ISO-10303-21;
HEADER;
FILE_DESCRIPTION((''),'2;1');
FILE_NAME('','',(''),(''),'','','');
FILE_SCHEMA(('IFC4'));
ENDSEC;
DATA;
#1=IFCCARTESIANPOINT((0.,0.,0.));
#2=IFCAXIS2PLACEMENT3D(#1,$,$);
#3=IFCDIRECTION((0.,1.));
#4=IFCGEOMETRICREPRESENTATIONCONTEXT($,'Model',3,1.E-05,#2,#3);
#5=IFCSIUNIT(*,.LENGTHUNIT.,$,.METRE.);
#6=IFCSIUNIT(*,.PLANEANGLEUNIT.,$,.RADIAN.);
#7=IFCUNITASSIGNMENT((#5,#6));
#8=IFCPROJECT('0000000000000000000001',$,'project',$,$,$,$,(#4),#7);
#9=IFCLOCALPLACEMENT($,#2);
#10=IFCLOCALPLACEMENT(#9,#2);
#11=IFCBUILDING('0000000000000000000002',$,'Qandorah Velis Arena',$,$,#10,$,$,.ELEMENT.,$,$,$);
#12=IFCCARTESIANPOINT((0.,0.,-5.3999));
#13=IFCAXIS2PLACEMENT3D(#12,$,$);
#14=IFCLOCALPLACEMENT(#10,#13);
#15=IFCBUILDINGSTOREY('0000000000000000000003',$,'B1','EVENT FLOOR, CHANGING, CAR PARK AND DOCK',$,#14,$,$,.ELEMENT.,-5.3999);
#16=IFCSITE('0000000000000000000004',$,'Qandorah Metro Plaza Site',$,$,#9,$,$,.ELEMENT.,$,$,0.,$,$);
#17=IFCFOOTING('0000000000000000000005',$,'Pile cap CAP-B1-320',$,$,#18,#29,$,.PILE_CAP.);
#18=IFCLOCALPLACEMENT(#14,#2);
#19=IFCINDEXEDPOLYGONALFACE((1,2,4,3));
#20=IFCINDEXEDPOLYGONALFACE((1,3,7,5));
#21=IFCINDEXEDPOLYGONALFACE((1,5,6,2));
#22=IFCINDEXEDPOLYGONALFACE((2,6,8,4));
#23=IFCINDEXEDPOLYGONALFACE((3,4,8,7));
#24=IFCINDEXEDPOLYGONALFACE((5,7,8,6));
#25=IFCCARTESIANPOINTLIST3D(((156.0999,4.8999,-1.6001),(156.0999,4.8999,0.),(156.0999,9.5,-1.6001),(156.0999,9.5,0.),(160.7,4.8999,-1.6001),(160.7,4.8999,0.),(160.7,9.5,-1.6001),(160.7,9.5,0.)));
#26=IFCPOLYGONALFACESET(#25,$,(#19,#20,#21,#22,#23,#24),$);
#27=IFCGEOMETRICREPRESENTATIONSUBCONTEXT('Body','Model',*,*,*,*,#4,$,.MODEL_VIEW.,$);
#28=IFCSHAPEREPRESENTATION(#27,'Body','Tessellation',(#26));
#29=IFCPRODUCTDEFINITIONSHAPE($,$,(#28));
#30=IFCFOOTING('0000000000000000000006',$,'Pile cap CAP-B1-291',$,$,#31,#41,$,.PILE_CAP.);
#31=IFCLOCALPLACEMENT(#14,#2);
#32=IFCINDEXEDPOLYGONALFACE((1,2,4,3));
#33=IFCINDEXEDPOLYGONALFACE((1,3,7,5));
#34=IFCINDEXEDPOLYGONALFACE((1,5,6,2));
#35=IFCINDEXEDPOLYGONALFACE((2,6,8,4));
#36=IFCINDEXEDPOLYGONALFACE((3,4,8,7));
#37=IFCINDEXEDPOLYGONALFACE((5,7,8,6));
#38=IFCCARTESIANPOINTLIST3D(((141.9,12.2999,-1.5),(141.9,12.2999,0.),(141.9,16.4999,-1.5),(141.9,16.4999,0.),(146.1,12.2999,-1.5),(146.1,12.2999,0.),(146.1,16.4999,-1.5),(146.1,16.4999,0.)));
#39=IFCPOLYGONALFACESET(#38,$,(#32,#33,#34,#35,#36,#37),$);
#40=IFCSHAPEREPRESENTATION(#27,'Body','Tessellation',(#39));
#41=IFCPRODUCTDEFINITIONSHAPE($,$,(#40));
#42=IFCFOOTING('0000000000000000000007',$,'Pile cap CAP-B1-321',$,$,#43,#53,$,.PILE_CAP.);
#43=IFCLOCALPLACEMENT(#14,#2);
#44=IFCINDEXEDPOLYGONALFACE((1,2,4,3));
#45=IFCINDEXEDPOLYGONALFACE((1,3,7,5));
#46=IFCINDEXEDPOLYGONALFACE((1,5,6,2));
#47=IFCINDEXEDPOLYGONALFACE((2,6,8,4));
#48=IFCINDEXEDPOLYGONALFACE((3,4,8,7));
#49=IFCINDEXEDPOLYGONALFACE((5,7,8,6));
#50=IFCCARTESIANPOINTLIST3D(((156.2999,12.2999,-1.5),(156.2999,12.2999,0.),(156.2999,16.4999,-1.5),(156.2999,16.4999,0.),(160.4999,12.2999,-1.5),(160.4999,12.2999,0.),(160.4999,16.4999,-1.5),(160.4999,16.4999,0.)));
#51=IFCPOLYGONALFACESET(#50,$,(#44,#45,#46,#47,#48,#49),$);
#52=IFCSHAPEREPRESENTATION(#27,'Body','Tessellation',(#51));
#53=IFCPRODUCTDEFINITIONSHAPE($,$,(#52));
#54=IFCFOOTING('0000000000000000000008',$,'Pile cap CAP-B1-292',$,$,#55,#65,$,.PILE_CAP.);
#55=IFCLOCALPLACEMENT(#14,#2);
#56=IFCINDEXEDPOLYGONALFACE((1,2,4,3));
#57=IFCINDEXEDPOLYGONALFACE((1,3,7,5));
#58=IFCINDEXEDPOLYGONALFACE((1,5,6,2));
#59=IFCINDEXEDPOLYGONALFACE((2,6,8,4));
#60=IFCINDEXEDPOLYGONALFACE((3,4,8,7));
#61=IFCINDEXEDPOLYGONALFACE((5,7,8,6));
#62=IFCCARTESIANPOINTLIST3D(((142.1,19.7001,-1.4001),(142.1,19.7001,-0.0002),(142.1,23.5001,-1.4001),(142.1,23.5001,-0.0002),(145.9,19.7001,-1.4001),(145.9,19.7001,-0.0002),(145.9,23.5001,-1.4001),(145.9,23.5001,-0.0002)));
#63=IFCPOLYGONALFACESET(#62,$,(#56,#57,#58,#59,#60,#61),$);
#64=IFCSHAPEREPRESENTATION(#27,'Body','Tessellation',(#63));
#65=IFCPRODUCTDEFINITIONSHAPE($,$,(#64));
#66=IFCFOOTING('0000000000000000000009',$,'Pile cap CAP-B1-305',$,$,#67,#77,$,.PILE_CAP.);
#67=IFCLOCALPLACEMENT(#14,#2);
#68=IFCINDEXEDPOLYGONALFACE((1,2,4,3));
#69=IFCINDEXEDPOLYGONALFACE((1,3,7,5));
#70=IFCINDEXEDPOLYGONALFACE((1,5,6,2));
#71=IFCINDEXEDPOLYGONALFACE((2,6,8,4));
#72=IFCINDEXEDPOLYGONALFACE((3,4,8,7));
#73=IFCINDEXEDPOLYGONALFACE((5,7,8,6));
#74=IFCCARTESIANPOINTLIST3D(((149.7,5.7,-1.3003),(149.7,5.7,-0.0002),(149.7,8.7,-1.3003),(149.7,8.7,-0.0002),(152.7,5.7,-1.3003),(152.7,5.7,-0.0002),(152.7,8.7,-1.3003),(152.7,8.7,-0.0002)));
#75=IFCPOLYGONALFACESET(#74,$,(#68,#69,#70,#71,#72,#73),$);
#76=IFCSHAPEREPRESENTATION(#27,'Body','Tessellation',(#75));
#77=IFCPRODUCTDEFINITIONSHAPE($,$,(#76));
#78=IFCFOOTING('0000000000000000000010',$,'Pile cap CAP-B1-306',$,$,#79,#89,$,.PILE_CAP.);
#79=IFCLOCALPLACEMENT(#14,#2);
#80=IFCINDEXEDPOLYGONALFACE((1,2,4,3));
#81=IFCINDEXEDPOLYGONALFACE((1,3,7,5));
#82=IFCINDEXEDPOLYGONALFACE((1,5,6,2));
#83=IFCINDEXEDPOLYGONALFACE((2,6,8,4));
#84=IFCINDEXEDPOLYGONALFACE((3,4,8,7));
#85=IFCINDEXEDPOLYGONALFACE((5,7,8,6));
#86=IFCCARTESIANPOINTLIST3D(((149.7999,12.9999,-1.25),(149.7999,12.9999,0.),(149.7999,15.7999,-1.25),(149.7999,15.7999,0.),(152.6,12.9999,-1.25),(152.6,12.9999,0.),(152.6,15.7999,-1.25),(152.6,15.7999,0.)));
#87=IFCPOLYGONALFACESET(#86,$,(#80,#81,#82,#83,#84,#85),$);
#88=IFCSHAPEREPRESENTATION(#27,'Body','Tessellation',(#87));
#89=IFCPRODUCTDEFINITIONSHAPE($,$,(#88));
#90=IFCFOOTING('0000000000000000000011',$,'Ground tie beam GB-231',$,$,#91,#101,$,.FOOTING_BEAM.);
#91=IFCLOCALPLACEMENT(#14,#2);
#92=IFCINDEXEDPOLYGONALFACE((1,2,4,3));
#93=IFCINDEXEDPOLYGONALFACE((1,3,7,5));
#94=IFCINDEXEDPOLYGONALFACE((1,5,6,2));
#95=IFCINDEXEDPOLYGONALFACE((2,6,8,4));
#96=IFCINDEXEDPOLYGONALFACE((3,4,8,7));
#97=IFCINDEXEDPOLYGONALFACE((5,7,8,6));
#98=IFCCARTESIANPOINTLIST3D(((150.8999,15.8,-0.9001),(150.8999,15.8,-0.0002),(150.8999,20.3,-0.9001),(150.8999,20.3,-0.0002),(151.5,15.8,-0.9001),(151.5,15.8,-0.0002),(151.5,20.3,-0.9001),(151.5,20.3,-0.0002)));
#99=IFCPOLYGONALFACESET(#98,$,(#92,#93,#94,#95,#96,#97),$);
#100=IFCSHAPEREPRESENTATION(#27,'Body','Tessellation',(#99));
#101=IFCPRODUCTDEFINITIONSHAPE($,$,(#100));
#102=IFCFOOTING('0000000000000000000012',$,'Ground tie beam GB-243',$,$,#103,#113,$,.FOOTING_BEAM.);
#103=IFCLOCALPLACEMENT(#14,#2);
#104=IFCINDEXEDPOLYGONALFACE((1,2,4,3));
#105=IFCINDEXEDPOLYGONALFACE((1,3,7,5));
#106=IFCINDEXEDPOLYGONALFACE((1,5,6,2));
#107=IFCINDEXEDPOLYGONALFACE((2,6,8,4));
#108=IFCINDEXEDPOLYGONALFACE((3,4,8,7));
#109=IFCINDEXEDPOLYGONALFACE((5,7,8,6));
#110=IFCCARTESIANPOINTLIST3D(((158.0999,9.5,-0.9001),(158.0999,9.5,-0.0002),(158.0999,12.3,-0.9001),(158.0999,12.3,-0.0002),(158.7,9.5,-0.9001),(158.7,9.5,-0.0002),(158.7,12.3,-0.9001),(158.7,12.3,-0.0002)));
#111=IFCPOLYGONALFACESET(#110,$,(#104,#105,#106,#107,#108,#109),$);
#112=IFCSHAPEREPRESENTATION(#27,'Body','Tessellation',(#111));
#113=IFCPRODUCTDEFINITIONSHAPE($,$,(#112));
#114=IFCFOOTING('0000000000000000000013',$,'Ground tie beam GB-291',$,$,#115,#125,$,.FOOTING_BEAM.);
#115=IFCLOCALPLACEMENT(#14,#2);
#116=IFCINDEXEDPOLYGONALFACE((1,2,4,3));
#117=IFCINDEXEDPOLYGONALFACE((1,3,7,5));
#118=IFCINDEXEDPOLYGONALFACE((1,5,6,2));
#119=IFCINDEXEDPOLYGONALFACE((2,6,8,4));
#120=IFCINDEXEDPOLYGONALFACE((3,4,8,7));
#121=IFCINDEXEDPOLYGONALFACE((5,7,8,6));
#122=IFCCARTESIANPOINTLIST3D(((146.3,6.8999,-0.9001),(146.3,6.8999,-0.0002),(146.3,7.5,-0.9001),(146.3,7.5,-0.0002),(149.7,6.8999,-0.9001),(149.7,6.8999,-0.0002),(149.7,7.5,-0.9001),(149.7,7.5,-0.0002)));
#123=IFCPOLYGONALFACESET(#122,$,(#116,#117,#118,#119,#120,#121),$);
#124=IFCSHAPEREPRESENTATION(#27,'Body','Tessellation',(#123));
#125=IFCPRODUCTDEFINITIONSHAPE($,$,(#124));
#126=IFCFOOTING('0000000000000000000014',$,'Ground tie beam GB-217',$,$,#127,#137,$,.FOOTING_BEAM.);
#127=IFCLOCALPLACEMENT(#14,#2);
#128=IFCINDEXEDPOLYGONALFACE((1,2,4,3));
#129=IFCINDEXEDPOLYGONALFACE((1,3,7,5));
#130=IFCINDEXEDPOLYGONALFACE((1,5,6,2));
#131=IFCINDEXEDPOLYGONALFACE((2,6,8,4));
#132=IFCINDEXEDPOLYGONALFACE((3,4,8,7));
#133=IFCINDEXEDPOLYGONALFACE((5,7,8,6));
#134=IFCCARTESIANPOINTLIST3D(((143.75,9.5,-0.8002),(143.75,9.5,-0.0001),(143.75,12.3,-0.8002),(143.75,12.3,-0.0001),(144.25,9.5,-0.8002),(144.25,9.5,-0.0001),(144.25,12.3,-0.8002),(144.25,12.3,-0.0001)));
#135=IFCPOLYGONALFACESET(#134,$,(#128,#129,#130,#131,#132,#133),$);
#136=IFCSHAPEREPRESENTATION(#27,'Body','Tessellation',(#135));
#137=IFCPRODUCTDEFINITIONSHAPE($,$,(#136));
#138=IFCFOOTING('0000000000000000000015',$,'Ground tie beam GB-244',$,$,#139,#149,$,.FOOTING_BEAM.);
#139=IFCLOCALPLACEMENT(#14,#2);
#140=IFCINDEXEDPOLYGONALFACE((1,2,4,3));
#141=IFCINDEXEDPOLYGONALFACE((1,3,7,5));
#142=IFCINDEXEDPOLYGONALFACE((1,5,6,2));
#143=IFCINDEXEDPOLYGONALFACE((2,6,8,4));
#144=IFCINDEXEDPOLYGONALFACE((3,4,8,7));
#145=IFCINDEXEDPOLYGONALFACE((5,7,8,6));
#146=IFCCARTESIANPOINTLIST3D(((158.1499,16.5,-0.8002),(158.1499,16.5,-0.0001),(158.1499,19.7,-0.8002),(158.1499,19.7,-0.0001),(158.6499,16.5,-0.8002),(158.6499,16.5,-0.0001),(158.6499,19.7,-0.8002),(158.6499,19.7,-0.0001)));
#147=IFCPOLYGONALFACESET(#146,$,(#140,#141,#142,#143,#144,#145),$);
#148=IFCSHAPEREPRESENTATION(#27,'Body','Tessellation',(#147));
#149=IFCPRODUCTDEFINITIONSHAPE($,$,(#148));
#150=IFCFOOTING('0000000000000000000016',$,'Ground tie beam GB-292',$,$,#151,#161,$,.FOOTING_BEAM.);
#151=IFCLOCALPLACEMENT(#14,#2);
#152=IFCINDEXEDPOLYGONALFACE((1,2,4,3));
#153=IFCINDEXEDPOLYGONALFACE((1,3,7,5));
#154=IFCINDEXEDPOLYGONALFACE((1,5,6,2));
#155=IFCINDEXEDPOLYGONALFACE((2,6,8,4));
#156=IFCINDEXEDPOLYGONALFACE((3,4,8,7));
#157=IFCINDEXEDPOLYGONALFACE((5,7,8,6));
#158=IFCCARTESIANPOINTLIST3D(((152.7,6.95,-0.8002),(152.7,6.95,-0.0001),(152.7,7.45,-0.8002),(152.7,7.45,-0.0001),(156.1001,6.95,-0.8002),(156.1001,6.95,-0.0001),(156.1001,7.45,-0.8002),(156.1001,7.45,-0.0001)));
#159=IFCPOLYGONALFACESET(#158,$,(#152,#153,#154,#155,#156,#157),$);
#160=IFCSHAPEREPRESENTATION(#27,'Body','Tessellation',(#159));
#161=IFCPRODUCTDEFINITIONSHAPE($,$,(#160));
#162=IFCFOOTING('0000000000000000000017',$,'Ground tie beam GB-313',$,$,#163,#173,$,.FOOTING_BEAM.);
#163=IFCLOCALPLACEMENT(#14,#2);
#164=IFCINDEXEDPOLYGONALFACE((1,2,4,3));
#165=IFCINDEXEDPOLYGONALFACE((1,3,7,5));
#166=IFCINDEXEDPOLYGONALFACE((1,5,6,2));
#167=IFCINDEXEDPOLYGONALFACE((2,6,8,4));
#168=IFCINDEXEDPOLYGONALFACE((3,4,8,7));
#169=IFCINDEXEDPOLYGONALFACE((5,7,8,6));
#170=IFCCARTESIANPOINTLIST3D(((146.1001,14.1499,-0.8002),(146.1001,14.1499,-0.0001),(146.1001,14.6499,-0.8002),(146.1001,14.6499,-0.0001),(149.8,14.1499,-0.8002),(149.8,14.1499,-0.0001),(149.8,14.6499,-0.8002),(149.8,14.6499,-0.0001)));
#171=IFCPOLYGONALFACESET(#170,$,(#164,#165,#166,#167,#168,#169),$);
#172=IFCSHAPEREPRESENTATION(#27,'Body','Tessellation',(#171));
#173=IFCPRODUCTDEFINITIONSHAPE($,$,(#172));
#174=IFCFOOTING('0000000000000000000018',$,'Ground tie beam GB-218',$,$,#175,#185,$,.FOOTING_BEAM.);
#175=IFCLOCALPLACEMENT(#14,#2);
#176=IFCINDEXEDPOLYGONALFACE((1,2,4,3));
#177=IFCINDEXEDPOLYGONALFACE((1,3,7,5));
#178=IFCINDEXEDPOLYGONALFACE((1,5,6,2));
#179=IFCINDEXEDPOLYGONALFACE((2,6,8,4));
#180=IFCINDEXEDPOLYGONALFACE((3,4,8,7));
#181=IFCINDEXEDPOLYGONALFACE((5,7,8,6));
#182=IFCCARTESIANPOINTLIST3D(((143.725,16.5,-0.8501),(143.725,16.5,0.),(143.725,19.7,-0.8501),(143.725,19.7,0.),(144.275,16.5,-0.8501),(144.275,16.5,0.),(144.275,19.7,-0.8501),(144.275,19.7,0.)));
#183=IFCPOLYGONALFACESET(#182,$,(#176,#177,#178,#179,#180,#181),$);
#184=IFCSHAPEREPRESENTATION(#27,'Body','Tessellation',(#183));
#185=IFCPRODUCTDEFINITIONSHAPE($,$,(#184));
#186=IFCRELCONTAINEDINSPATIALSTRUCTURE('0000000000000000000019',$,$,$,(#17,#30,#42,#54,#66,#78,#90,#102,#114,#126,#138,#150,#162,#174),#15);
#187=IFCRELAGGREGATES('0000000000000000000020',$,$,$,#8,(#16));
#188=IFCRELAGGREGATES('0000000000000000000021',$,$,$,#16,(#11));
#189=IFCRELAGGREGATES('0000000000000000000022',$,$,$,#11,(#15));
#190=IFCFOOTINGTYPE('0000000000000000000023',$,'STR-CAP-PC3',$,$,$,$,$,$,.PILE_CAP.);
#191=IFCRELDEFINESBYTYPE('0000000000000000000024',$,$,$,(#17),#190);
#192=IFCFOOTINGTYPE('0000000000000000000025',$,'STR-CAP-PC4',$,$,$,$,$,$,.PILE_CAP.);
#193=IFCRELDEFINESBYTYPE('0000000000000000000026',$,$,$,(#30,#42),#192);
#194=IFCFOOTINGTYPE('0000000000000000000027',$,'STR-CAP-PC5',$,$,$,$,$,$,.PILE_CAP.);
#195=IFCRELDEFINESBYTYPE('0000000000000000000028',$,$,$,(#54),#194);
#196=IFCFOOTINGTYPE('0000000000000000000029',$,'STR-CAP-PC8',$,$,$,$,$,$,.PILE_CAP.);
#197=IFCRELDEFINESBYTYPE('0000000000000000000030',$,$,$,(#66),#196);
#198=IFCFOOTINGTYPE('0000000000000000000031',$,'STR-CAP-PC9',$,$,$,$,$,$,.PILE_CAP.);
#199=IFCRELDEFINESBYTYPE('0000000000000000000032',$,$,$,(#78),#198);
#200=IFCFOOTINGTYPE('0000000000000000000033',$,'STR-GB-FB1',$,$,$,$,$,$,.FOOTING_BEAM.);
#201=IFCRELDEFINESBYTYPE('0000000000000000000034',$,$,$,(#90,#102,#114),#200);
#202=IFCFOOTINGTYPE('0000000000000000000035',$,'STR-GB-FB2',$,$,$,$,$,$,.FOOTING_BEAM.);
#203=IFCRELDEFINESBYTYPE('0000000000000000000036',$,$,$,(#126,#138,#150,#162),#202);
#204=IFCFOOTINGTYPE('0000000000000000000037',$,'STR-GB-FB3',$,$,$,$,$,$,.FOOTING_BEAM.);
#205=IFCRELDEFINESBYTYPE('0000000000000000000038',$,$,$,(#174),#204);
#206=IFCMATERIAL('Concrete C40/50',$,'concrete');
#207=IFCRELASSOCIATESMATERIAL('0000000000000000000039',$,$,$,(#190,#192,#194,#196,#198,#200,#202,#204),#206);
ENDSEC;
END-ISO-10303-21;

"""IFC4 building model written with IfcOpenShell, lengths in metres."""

from ifc_helpers import new_model, si_unit, direction, frame, origin, origin_2d, place, context, subcontext, project, spatial, rectangle, extrude, material, material_profile, profile_set, type_object, element, save


model = new_model("IFC4")

# Units and contexts
model_context = context("Model", 3, precision=1e-05, world=origin(), true_north=direction((0.0, 1.0)))
body_context = subcontext(model_context, "Body", "Model", "MODEL_VIEW")
ifc_project = project(units=[si_unit("LENGTHUNIT", "METRE"), si_unit("PLANEANGLEUNIT", "RADIAN")], contexts=[model_context])

# Site, building, storey
site_placement = place(None, origin())
site = spatial("IfcSite", under=ifc_project, at=site_placement, Name="Qandorah Metro Plaza Site", CompositionType="ELEMENT", RefElevation=0.0)
building_placement = place(site_placement, origin())
building = spatial("IfcBuilding", under=site, at=building_placement, Name="Qandorah Velis Arena", CompositionType="ELEMENT")
storey_placement = place(building_placement, frame((0.0, 0.0, -5.3999)))
storey = spatial("IfcBuildingStorey", under=building, at=storey_placement, Name="B1", Description="EVENT FLOOR, CHANGING, CAR PARK AND DOCK", CompositionType="ELEMENT", Elevation=-5.3999)

# Footings
ifc_material_1 = material(Name="Concrete C40/50", Category="concrete")
footing_type_1 = type_object("IfcFootingType", Name="STR-CAP-PC3", PredefinedType="PILE_CAP", material=ifc_material_1)
footing_1_placement = place(storey_placement, frame((158.3999, 7.2, -1.6001), z_axis=(0.0, 0.0, 1.0), x_axis=(1.0, 0.0, 0.0)))
element("IfcFooting", 1, at=footing_1_placement, inside=storey, type_object=footing_type_1, Name="Pile cap CAP-B1-320", PredefinedType="PILE_CAP", context=body_context, shape_type="SweptSolid", body=[
    extrude(rectangle(XDim=4.6001, YDim=4.6001, at=origin_2d()), origin(), (0.0, 0.0, 1.0), 1.6001),
])
footing_type_2 = type_object("IfcFootingType", Name="STR-CAP-PC4", PredefinedType="PILE_CAP", material=ifc_material_1)
for number, where, z_axis, x_axis, name in (
    (2, (144.0, 14.3999, -1.5), (0.0, 0.0, 1.0), (1.0, 0.0, 0.0), "Pile cap CAP-B1-291"),
    (3, (158.3999, 14.3999, -1.5), (0.0, 0.0, 1.0), (1.0, 0.0, 0.0), "Pile cap CAP-B1-321"),
):
    element("IfcFooting", number, at=place(storey_placement, frame(where, z_axis=z_axis, x_axis=x_axis)), inside=storey, type_object=footing_type_2, Name=name, PredefinedType="PILE_CAP", context=body_context, shape_type="SweptSolid", body=[
        extrude(rectangle(XDim=4.2, YDim=4.2, at=origin_2d()), origin(), (0.0, 0.0, 1.0), 1.5),
    ])
footing_type_3 = type_object("IfcFootingType", Name="STR-CAP-PC5", PredefinedType="PILE_CAP", material=ifc_material_1)
footing_2_placement = place(storey_placement, frame((144.0, 21.6001, -1.4001), z_axis=(0.0, 0.0, 1.0), x_axis=(1.0, 0.0, 0.0)))
element("IfcFooting", 4, at=footing_2_placement, inside=storey, type_object=footing_type_3, Name="Pile cap CAP-B1-292", PredefinedType="PILE_CAP", context=body_context, shape_type="SweptSolid", body=[
    extrude(rectangle(XDim=3.8, YDim=3.8, at=origin_2d()), origin(), (0.0, 0.0, 1.0), 1.3999),
])
footing_type_4 = type_object("IfcFootingType", Name="STR-CAP-PC8", PredefinedType="PILE_CAP", material=ifc_material_1)
footing_3_placement = place(storey_placement, frame((151.2, 7.2, -1.3003), z_axis=(0.0, 0.0, 1.0), x_axis=(1.0, 0.0, 0.0)))
element("IfcFooting", 5, at=footing_3_placement, inside=storey, type_object=footing_type_4, Name="Pile cap CAP-B1-305", PredefinedType="PILE_CAP", context=body_context, shape_type="SweptSolid", body=[
    extrude(rectangle(XDim=3.0, YDim=3.0, at=origin_2d()), origin(), (0.0, 0.0, 1.0), 1.3),
])
footing_type_5 = type_object("IfcFootingType", Name="STR-CAP-PC9", PredefinedType="PILE_CAP", material=ifc_material_1)
footing_4_placement = place(storey_placement, frame((151.2, 14.3999, -1.25), z_axis=(0.0, 0.0, 1.0), x_axis=(1.0, 0.0, 0.0)))
element("IfcFooting", 6, at=footing_4_placement, inside=storey, type_object=footing_type_5, Name="Pile cap CAP-B1-306", PredefinedType="PILE_CAP", context=body_context, shape_type="SweptSolid", body=[
    extrude(rectangle(XDim=2.8, YDim=2.8, at=origin_2d()), origin(), (0.0, 0.0, 1.0), 1.25),
])
ifc_material_profile_1 = material_profile(ifc_material_1, rectangle(XDim=0.6001, YDim=0.8999, at=origin_2d()), Name="GB1 600x900")
ifc_profile_set_1 = profile_set([ifc_material_profile_1], Name="Concrete C40/50")
footing_type_6 = type_object("IfcFootingType", Name="STR-GB-FB1", PredefinedType="FOOTING_BEAM", material=ifc_profile_set_1)
footing_5_placement = place(storey_placement, frame((151.2, 15.8, -0.4502), z_axis=(0.0, 1.0, 0.0), x_axis=(-1.0, 0.0, 0.0)))
element("IfcFooting", 7, at=footing_5_placement, inside=storey, type_object=footing_type_6, Name="Ground tie beam GB-231", PredefinedType="FOOTING_BEAM", context=body_context, shape_type="SweptSolid", body=[
    extrude(rectangle(XDim=0.6001, YDim=0.8999, at=origin_2d()), origin(), (0.0, 0.0, 1.0), 4.5),
])
footing_6_placement = place(storey_placement, frame((158.3999, 9.5, -0.4502), z_axis=(0.0, 1.0, 0.0), x_axis=(-1.0, 0.0, 0.0)))
element("IfcFooting", 8, at=footing_6_placement, inside=storey, type_object=footing_type_6, Name="Ground tie beam GB-243", PredefinedType="FOOTING_BEAM", context=body_context, shape_type="SweptSolid", body=[
    extrude(rectangle(XDim=0.6001, YDim=0.8999, at=origin_2d()), origin(), (0.0, 0.0, 1.0), 2.8),
])
footing_7_placement = place(storey_placement, frame((146.3, 7.2, -0.4502), z_axis=(1.0, 0.0, 0.0), x_axis=(0.0, 1.0, 0.0)))
element("IfcFooting", 9, at=footing_7_placement, inside=storey, type_object=footing_type_6, Name="Ground tie beam GB-291", PredefinedType="FOOTING_BEAM", context=body_context, shape_type="SweptSolid", body=[
    extrude(rectangle(XDim=0.6001, YDim=0.8999, at=origin_2d()), origin(), (0.0, 0.0, 1.0), 3.3999),
])
ifc_material_profile_2 = material_profile(ifc_material_1, rectangle(XDim=0.5, YDim=0.8, at=origin_2d()), Name="GB2 500x800")
ifc_profile_set_2 = profile_set([ifc_material_profile_2], Name="Concrete C40/50")
footing_type_7 = type_object("IfcFootingType", Name="STR-GB-FB2", PredefinedType="FOOTING_BEAM", material=ifc_profile_set_2)
footing_8_placement = place(storey_placement, frame((144.0, 9.5, -0.4001), z_axis=(0.0, 1.0, 0.0), x_axis=(-1.0, 0.0, 0.0)))
element("IfcFooting", 10, at=footing_8_placement, inside=storey, type_object=footing_type_7, Name="Ground tie beam GB-217", PredefinedType="FOOTING_BEAM", context=body_context, shape_type="SweptSolid", body=[
    extrude(rectangle(XDim=0.5, YDim=0.8, at=origin_2d()), origin(), (0.0, 0.0, 1.0), 2.8),
])
footing_9_placement = place(storey_placement, frame((158.3999, 16.5, -0.4001), z_axis=(0.0, 1.0, 0.0), x_axis=(-1.0, 0.0, 0.0)))
element("IfcFooting", 11, at=footing_9_placement, inside=storey, type_object=footing_type_7, Name="Ground tie beam GB-244", PredefinedType="FOOTING_BEAM", context=body_context, shape_type="SweptSolid", body=[
    extrude(rectangle(XDim=0.5, YDim=0.8, at=origin_2d()), origin(), (0.0, 0.0, 1.0), 3.2),
])
footing_10_placement = place(storey_placement, frame((152.7, 7.2, -0.4001), z_axis=(1.0, 0.0, 0.0), x_axis=(0.0, 1.0, 0.0)))
element("IfcFooting", 12, at=footing_10_placement, inside=storey, type_object=footing_type_7, Name="Ground tie beam GB-292", PredefinedType="FOOTING_BEAM", context=body_context, shape_type="SweptSolid", body=[
    extrude(rectangle(XDim=0.5, YDim=0.8, at=origin_2d()), origin(), (0.0, 0.0, 1.0), 3.4001),
])
footing_11_placement = place(storey_placement, frame((146.1001, 14.3999, -0.4001), z_axis=(1.0, 0.0, 0.0), x_axis=(0.0, 1.0, 0.0)))
element("IfcFooting", 13, at=footing_11_placement, inside=storey, type_object=footing_type_7, Name="Ground tie beam GB-313", PredefinedType="FOOTING_BEAM", context=body_context, shape_type="SweptSolid", body=[
    extrude(rectangle(XDim=0.5, YDim=0.8, at=origin_2d()), origin(), (0.0, 0.0, 1.0), 3.7),
])
ifc_material_profile_3 = material_profile(ifc_material_1, rectangle(XDim=0.55, YDim=0.8501, at=origin_2d()), Name="GB3 550x850")
ifc_profile_set_3 = profile_set([ifc_material_profile_3], Name="Concrete C40/50")
footing_type_8 = type_object("IfcFootingType", Name="STR-GB-FB3", PredefinedType="FOOTING_BEAM", material=ifc_profile_set_3)
footing_12_placement = place(storey_placement, frame((144.0, 16.5, -0.425), z_axis=(0.0, 1.0, 0.0), x_axis=(-1.0, 0.0, 0.0)))
element("IfcFooting", 14, at=footing_12_placement, inside=storey, type_object=footing_type_8, Name="Ground tie beam GB-218", PredefinedType="FOOTING_BEAM", context=body_context, shape_type="SweptSolid", body=[
    extrude(rectangle(XDim=0.55, YDim=0.8501, at=origin_2d()), origin(), (0.0, 0.0, 1.0), 3.2),
])

save(model, "model.ifc")
